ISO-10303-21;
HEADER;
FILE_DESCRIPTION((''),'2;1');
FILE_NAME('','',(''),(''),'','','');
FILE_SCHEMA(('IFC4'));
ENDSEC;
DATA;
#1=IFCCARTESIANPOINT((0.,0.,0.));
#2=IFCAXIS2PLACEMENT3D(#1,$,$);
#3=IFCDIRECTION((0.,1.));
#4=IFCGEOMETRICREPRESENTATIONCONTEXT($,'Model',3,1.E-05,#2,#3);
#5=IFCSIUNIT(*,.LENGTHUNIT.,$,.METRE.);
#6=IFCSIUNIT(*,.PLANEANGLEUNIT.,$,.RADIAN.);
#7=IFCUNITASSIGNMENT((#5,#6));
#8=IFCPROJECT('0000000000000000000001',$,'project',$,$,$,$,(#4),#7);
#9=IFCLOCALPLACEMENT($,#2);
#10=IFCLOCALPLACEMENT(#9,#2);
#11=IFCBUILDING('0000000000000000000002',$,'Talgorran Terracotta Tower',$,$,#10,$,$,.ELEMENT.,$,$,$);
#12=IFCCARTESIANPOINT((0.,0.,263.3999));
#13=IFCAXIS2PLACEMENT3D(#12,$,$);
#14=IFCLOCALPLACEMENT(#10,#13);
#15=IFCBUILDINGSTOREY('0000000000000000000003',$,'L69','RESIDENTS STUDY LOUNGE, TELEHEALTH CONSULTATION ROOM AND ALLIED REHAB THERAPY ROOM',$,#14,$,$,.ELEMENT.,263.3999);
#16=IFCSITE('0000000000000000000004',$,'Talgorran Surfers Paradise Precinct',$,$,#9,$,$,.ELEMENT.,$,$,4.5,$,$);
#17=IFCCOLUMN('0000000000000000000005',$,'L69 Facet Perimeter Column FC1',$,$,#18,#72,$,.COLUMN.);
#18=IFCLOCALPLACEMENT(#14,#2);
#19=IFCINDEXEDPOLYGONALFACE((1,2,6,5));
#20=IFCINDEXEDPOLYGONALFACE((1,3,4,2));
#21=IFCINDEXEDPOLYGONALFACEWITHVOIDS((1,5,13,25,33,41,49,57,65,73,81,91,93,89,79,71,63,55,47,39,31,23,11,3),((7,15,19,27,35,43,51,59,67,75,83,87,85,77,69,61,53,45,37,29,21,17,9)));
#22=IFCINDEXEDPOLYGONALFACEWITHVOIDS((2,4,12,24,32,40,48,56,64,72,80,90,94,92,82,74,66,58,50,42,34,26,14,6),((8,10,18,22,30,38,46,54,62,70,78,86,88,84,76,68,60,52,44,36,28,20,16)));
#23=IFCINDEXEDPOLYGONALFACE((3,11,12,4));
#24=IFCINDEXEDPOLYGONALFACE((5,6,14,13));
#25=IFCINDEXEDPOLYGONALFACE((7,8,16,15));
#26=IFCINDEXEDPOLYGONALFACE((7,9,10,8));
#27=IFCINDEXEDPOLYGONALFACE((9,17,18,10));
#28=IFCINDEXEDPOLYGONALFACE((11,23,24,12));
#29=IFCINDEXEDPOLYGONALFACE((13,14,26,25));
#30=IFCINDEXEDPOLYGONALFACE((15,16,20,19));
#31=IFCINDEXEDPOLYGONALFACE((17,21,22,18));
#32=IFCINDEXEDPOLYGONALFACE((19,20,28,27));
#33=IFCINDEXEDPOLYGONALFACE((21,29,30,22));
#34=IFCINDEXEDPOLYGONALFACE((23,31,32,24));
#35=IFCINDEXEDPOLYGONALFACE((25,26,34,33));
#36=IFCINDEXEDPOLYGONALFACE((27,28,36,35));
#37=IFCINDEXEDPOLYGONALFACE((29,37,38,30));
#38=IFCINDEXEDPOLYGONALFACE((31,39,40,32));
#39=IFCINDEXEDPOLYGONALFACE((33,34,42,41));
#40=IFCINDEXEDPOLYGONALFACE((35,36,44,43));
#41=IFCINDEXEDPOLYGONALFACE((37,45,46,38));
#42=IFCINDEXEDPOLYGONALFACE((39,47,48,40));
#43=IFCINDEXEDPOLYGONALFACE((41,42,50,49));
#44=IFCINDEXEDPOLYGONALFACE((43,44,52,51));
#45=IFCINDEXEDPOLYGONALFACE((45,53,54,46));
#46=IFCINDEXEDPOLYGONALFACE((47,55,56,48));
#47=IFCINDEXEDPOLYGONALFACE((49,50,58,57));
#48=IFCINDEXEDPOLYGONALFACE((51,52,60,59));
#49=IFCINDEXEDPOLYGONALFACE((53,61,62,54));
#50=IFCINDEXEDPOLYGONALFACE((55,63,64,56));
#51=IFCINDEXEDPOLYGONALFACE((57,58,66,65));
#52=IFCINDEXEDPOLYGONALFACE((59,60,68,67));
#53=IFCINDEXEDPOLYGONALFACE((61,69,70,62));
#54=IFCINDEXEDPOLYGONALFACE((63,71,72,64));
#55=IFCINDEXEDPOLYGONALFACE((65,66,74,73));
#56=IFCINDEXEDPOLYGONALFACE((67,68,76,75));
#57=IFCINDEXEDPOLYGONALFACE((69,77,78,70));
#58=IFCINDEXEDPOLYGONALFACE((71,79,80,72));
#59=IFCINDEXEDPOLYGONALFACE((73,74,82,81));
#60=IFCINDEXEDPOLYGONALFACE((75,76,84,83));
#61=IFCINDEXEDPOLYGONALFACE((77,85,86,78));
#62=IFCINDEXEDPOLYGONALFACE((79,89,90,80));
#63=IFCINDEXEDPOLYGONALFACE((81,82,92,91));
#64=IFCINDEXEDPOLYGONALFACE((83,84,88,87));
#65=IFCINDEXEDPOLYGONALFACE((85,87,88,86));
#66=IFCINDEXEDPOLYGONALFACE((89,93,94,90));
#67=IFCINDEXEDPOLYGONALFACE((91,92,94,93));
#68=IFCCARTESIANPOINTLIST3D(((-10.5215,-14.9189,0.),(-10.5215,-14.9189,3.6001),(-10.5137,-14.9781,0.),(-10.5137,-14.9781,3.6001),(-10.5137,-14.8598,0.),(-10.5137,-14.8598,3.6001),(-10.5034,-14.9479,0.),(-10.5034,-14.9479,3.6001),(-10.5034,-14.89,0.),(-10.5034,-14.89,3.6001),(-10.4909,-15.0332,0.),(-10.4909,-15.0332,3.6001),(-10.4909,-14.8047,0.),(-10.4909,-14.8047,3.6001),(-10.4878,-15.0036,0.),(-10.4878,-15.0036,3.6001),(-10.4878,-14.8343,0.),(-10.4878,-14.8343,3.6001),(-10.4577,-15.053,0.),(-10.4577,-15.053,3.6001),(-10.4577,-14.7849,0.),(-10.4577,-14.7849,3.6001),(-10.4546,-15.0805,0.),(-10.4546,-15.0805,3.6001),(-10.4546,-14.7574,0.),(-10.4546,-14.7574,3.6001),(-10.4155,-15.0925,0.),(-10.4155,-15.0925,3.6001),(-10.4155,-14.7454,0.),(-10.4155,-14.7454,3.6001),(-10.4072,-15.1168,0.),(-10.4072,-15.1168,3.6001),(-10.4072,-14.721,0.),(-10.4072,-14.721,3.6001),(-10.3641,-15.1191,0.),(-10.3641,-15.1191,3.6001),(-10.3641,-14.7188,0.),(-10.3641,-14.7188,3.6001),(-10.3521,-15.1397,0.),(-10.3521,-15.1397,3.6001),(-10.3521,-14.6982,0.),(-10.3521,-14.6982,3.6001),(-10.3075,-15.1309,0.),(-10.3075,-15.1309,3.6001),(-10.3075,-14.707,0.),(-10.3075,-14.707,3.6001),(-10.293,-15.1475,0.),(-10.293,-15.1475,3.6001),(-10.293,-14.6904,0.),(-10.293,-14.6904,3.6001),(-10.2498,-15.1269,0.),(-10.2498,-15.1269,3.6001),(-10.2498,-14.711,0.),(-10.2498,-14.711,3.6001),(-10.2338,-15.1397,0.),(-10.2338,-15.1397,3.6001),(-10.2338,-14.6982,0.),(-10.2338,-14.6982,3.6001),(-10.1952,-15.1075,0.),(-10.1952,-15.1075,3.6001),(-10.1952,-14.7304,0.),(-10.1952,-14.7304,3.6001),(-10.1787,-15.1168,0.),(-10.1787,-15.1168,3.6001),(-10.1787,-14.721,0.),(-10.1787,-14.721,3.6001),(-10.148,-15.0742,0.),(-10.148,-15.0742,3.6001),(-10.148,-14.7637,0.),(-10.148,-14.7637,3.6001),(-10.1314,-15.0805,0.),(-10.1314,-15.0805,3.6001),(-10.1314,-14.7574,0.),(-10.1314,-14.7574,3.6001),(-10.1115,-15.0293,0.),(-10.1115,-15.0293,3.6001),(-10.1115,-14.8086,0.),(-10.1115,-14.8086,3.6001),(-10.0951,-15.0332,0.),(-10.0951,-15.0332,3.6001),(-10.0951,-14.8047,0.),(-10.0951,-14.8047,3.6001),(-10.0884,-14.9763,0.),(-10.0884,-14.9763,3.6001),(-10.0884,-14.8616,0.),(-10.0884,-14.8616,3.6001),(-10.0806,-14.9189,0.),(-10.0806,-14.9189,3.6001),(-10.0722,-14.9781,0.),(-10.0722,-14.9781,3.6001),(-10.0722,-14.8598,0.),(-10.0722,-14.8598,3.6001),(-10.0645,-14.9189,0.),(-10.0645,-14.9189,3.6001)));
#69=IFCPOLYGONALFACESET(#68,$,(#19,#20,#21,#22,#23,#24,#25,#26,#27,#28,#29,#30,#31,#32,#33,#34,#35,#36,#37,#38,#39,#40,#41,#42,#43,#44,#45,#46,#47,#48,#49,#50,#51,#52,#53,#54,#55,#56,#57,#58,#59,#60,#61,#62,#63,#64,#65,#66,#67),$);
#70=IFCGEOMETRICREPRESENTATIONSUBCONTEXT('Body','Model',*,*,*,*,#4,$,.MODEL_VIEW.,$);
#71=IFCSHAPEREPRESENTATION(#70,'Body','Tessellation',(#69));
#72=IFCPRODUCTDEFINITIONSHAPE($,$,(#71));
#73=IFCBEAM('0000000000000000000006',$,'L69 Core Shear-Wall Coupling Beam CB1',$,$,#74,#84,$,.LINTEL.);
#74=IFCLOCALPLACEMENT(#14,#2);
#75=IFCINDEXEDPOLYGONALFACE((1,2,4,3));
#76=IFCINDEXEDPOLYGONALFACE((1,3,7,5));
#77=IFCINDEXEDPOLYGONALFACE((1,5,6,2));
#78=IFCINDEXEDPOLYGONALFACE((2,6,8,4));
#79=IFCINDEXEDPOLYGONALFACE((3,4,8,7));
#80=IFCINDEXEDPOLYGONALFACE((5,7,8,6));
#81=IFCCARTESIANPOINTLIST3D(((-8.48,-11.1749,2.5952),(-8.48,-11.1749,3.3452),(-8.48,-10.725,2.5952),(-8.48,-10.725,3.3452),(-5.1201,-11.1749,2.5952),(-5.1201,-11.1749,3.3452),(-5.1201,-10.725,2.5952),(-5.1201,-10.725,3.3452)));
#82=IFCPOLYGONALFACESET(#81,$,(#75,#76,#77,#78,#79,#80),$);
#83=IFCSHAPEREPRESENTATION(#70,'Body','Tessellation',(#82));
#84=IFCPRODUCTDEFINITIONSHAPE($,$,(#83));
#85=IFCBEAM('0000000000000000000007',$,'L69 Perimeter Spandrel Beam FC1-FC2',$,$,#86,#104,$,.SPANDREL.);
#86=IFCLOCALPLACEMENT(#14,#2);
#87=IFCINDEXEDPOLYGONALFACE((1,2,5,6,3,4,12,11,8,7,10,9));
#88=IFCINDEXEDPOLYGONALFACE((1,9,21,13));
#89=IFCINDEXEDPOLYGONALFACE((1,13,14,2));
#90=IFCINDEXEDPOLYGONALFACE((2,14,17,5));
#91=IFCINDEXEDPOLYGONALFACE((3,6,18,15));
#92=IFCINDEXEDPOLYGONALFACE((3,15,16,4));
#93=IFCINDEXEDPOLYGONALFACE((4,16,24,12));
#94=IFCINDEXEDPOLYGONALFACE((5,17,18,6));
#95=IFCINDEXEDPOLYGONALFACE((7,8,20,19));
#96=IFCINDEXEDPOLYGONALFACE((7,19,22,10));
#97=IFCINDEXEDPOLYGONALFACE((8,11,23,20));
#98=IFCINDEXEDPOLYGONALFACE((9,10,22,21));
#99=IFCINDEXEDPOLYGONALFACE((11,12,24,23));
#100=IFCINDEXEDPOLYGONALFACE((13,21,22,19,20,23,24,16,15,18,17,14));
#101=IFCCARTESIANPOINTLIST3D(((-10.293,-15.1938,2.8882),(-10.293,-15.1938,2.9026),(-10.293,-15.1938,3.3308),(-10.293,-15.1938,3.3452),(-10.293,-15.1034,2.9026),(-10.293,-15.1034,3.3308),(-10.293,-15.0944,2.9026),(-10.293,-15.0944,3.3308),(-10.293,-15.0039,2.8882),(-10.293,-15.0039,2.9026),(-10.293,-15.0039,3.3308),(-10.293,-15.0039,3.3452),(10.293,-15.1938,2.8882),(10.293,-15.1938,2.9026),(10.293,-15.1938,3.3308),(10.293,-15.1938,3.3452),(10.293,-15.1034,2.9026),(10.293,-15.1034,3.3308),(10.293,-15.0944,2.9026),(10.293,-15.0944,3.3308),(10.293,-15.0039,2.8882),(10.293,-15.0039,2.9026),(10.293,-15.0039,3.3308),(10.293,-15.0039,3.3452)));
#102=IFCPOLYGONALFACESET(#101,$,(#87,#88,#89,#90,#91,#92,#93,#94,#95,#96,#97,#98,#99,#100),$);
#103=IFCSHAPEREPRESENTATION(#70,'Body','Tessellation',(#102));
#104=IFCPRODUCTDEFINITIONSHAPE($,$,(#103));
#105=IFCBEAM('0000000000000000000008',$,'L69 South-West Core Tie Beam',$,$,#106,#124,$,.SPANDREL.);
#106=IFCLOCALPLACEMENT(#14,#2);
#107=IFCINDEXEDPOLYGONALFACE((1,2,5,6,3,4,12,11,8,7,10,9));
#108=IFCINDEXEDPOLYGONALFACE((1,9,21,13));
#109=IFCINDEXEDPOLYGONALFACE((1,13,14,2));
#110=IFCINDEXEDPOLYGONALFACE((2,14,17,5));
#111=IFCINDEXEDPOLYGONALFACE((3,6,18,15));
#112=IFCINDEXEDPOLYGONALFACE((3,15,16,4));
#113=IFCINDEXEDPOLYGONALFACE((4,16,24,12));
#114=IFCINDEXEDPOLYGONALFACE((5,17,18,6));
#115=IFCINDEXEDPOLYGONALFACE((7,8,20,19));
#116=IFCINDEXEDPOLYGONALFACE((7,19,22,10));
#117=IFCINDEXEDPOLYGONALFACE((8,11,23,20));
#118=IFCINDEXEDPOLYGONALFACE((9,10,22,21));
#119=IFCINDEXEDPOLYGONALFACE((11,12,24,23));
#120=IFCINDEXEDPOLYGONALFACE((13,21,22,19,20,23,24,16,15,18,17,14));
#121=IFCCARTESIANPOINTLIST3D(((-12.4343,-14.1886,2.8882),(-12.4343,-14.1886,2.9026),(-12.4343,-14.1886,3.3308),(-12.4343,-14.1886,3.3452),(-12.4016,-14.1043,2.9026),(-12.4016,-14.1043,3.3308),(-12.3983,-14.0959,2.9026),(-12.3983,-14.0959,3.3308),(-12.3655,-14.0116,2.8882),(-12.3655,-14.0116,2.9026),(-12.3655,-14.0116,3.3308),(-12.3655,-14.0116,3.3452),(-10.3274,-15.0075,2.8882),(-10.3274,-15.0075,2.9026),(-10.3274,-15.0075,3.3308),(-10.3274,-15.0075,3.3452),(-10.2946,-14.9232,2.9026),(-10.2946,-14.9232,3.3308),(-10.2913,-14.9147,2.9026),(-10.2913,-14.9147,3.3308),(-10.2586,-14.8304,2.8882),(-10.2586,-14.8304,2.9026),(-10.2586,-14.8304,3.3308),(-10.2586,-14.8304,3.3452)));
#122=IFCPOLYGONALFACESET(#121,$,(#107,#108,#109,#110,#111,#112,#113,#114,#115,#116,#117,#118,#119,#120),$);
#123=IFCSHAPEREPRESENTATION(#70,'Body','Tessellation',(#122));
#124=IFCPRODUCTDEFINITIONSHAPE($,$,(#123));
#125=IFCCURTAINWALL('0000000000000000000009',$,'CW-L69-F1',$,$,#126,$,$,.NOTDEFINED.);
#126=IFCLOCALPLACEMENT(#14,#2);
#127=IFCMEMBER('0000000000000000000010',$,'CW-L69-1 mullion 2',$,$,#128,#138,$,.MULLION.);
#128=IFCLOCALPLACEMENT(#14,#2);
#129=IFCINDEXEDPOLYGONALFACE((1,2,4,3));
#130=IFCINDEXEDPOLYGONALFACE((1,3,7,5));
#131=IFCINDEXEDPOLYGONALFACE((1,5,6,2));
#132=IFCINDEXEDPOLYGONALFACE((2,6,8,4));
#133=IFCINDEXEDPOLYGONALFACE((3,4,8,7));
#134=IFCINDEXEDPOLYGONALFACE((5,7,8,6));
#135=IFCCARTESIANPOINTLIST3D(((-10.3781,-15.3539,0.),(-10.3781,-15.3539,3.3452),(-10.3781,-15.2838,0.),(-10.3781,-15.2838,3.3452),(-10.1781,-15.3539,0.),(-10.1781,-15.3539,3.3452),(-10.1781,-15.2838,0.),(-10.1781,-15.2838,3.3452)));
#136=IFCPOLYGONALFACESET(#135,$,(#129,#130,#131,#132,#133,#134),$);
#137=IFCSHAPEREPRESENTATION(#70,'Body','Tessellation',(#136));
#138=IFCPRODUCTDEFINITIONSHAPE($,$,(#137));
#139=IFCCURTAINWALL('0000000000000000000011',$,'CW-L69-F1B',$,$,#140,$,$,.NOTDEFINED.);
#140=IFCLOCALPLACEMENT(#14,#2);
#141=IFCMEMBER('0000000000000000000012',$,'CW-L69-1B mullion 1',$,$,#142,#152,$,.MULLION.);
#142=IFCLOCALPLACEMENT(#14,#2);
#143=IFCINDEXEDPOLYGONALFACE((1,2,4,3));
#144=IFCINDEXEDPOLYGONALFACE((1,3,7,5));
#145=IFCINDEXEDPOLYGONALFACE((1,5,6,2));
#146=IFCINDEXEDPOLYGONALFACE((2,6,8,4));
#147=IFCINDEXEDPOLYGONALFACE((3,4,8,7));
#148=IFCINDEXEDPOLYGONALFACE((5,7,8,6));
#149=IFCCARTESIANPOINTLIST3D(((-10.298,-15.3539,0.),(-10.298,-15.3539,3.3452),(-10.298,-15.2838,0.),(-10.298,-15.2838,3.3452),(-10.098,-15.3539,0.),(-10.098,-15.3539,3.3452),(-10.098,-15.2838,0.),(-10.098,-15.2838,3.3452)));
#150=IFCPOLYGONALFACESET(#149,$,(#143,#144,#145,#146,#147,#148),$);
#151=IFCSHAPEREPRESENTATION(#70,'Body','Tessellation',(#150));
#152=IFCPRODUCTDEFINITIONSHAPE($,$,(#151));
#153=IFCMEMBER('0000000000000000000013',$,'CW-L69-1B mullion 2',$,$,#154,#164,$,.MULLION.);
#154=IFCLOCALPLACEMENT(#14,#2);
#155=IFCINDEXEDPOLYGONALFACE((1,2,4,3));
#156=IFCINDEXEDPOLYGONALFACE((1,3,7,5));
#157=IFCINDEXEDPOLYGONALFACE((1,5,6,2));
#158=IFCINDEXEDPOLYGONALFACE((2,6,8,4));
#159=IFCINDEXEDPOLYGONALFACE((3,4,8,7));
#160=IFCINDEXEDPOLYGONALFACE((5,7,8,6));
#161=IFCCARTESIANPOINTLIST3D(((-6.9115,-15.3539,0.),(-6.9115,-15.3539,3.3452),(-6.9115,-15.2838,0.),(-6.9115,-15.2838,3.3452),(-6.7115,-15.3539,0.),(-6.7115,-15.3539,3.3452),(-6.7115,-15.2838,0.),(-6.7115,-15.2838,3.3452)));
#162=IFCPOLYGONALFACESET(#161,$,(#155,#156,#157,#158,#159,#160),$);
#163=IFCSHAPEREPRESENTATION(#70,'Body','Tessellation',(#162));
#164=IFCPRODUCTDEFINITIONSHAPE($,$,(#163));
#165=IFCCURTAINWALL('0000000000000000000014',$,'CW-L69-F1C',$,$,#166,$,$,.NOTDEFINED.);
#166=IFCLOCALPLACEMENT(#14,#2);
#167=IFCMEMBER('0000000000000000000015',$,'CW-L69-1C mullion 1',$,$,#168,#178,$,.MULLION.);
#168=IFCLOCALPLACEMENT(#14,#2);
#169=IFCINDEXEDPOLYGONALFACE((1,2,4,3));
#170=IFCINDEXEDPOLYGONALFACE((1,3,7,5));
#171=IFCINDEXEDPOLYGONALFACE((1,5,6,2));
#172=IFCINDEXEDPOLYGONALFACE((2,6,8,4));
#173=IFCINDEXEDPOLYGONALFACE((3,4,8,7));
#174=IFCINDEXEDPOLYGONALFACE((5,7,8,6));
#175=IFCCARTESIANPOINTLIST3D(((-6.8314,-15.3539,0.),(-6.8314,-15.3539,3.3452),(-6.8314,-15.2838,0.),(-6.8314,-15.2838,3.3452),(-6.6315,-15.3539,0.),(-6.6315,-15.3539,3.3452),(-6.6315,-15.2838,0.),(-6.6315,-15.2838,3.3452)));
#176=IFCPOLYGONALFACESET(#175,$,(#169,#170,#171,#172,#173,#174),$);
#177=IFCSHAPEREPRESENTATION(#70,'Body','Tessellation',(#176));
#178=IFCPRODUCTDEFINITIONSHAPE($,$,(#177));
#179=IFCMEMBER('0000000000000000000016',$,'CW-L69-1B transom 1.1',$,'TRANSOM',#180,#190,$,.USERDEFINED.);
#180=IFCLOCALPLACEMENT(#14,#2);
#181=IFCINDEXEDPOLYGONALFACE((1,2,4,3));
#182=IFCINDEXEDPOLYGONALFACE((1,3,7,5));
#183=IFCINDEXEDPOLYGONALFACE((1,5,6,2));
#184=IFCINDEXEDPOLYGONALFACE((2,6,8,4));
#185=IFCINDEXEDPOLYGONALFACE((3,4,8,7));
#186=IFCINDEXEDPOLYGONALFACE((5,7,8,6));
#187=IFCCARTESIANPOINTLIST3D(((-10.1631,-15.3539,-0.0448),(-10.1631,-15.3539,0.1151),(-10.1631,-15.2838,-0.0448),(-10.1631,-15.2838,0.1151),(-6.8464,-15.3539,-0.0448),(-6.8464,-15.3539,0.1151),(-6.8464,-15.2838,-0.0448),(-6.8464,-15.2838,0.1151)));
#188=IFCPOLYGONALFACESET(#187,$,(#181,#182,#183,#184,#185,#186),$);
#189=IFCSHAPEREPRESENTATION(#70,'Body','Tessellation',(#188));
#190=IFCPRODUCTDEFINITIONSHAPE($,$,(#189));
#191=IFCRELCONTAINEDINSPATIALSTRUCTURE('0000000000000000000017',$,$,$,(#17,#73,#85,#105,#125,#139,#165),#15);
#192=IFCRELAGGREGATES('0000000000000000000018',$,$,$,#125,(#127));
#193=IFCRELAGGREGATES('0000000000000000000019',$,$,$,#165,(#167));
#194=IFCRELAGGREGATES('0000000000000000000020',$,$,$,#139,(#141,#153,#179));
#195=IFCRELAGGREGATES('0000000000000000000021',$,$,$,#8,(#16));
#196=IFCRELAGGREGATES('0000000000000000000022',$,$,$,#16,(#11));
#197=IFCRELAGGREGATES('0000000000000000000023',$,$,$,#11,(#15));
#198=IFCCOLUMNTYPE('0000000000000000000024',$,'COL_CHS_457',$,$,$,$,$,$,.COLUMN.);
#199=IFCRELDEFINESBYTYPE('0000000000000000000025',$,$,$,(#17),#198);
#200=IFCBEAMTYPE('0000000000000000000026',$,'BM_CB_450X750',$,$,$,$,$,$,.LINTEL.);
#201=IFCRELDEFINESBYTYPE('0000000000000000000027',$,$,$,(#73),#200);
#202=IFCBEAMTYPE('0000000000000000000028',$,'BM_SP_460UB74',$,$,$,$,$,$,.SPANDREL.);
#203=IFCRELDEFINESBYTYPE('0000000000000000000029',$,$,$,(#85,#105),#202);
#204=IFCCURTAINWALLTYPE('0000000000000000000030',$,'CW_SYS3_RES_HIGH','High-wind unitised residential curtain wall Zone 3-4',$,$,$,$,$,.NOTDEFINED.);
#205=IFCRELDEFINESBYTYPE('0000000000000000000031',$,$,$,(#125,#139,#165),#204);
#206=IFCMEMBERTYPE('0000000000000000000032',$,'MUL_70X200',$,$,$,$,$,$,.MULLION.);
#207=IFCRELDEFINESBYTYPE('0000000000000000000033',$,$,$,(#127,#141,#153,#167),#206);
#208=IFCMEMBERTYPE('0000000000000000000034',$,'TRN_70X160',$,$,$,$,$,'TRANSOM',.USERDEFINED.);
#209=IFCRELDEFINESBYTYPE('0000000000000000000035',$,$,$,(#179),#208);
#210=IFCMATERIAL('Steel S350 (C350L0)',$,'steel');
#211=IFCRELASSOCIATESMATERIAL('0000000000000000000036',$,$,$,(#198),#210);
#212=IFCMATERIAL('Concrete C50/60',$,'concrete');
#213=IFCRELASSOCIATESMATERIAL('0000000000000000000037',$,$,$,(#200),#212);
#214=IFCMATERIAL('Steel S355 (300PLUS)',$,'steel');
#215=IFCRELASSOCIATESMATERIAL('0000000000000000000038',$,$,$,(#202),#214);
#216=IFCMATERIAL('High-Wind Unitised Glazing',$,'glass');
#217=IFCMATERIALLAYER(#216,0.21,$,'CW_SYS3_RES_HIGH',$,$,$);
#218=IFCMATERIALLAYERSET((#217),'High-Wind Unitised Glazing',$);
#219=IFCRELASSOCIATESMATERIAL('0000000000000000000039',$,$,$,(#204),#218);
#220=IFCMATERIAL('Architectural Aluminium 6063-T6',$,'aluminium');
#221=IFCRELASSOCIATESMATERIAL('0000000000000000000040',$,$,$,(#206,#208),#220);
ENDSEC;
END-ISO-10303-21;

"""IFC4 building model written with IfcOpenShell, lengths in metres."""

from ifc_helpers import new_model, si_unit, direction, frame, origin, origin_2d, place, context, subcontext, project, spatial, rectangle, hollow_circle, i_section, extrude, material, layer, layer_set, material_profile, profile_set, type_object, element, aggregate, save


model = new_model("IFC4")

# Units and contexts
model_context = context("Model", 3, precision=1e-05, world=origin(), true_north=direction((0.0, 1.0)))
body_context = subcontext(model_context, "Body", "Model", "MODEL_VIEW")
ifc_project = project(units=[si_unit("LENGTHUNIT", "METRE"), si_unit("PLANEANGLEUNIT", "RADIAN")], contexts=[model_context])

# Site, building, storey
site_placement = place(None, origin())
site = spatial("IfcSite", under=ifc_project, at=site_placement, Name="Talgorran Surfers Paradise Precinct", CompositionType="ELEMENT", RefElevation=4.5)
building_placement = place(site_placement, origin())
building = spatial("IfcBuilding", under=site, at=building_placement, Name="Talgorran Terracotta Tower", CompositionType="ELEMENT")
storey_placement = place(building_placement, frame((0.0, 0.0, 263.3999)))
storey = spatial("IfcBuildingStorey", under=building, at=storey_placement, Name="L69", Description="RESIDENTS STUDY LOUNGE, TELEHEALTH CONSULTATION ROOM AND ALLIED REHAB THERAPY ROOM", CompositionType="ELEMENT", Elevation=263.3999)

# Column
ifc_material_1 = material(Name="Steel S350 (C350L0)", Category="steel")
ifc_material_profile_1 = material_profile(ifc_material_1, hollow_circle(Radius=0.2285, WallThickness=0.0161, at=origin_2d()), Name="CHS457X16")
ifc_profile_set_1 = profile_set([ifc_material_profile_1], Name="Steel S350 (C350L0)")
column_type = type_object("IfcColumnType", Name="COL_CHS_457", PredefinedType="COLUMN", material=ifc_profile_set_1)
column_placement = place(storey_placement, frame((-10.293, -14.9189, 0.0), z_axis=(0.0, 0.0, 1.0), x_axis=(1.0, 0.0, 0.0)))
element("IfcColumn", 1, at=column_placement, inside=storey, type_object=column_type, Name="L69 Facet Perimeter Column FC1", PredefinedType="COLUMN", context=body_context, shape_type="SweptSolid", body=[
    extrude(hollow_circle(Radius=0.2285, WallThickness=0.0161, at=origin_2d()), origin(), (0.0, 0.0, 1.0), 3.6001),
])

# Beams
ifc_material_2 = material(Name="Concrete C50/60", Category="concrete")
ifc_material_profile_2 = material_profile(ifc_material_2, rectangle(XDim=0.45, YDim=0.75, at=origin_2d()), Name="RCCB450X750")
ifc_profile_set_2 = profile_set([ifc_material_profile_2], Name="Concrete C50/60")
beam_type_1 = type_object("IfcBeamType", Name="BM_CB_450X750", PredefinedType="LINTEL", material=ifc_profile_set_2)
beam_1_placement = place(storey_placement, frame((-8.48, -10.95, 2.9702), z_axis=(1.0, 0.0, 0.0), x_axis=(0.0, 1.0, 0.0)))
element("IfcBeam", 2, at=beam_1_placement, inside=storey, type_object=beam_type_1, Name="L69 Core Shear-Wall Coupling Beam CB1", PredefinedType="LINTEL", context=body_context, shape_type="SweptSolid", body=[
    extrude(rectangle(XDim=0.45, YDim=0.75, at=origin_2d()), origin(), (0.0, 0.0, 1.0), 3.3599),
])
ifc_material_3 = material(Name="Steel S355 (300PLUS)", Category="steel")
ifc_material_profile_3 = material_profile(ifc_material_3, i_section(OverallWidth=0.1899, OverallDepth=0.457, WebThickness=0.009, FlangeThickness=0.0144, at=origin_2d()), Name="460UB74.6")
ifc_profile_set_3 = profile_set([ifc_material_profile_3], Name="Steel S355 (300PLUS)")
beam_type_2 = type_object("IfcBeamType", Name="BM_SP_460UB74", PredefinedType="SPANDREL", material=ifc_profile_set_3)
beam_2_placement = place(storey_placement, frame((-10.293, -15.0989, 3.1167), z_axis=(1.0, 0.0, 0.0), x_axis=(0.0, 1.0, 0.0)))
element("IfcBeam", 3, at=beam_2_placement, inside=storey, type_object=beam_type_2, Name="L69 Perimeter Spandrel Beam FC1-FC2", PredefinedType="SPANDREL", context=body_context, shape_type="SweptSolid", body=[
    extrude(i_section(OverallWidth=0.1899, OverallDepth=0.457, WebThickness=0.009, FlangeThickness=0.0144, at=origin_2d()), origin(), (0.0, 0.0, 1.0), 20.5859),
])
beam_3_placement = place(storey_placement, frame((-10.293, -14.9189, 3.1167), z_axis=(-0.932082, 0.362248, 0.0), x_axis=(-0.362248, -0.932082, 0.0)))
element("IfcBeam", 4, at=beam_3_placement, inside=storey, type_object=beam_type_2, Name="L69 South-West Core Tie Beam", PredefinedType="SPANDREL", context=body_context, shape_type="SweptSolid", body=[
    extrude(i_section(OverallWidth=0.1899, OverallDepth=0.457, WebThickness=0.009, FlangeThickness=0.0144, at=origin_2d()), origin(), (0.0, 0.0, 1.0), 2.2605),
])

# Curtain wall, member
ifc_material_4 = material(Name="High-Wind Unitised Glazing", Category="glass")
ifc_layer_1 = layer(ifc_material_4, 0.21, Name="CW_SYS3_RES_HIGH")
ifc_layer_set_1 = layer_set([ifc_layer_1], Name="High-Wind Unitised Glazing")
curtain_wall_type = type_object("IfcCurtainWallType", Name="CW_SYS3_RES_HIGH", Description="High-wind unitised residential curtain wall Zone 3-4", PredefinedType="NOTDEFINED", material=ifc_layer_set_1)
curtain_wall_1_placement = place(storey_placement, origin())
curtain_wall_1 = element("IfcCurtainWall", 5, at=curtain_wall_1_placement, inside=storey, type_object=curtain_wall_type, Name="CW-L69-F1", PredefinedType="NOTDEFINED")
ifc_material_5 = material(Name="Architectural Aluminium 6063-T6", Category="aluminium")
ifc_material_profile_4 = material_profile(ifc_material_5, rectangle(XDim=0.0701, YDim=0.2, at=origin_2d()), Name="CWM70X200")
ifc_profile_set_4 = profile_set([ifc_material_profile_4], Name="Architectural Aluminium 6063-T6")
member_type_1 = type_object("IfcMemberType", Name="MUL_70X200", PredefinedType="MULLION", material=ifc_profile_set_4)
member_1_placement = place(storey_placement, frame((-10.2781, -15.3188, 0.0), z_axis=(0.0, 0.0, 1.0), x_axis=(0.0, 1.0, 0.0)))
member_1 = element("IfcMember", 6, at=member_1_placement, type_object=member_type_1, Name="CW-L69-1 mullion 2", PredefinedType="MULLION", context=body_context, shape_type="SweptSolid", body=[
    extrude(rectangle(XDim=0.0701, YDim=0.2, at=origin_2d()), origin(), (0.0, 0.0, 1.0), 3.3452),
])
aggregate(curtain_wall_1, [member_1])

# Curtain wall, members
curtain_wall_2_placement = place(storey_placement, origin())
curtain_wall_2 = element("IfcCurtainWall", 7, at=curtain_wall_2_placement, inside=storey, type_object=curtain_wall_type, Name="CW-L69-F1B", PredefinedType="NOTDEFINED")
member_2_placement = place(storey_placement, frame((-10.198, -15.3188, 0.0), z_axis=(0.0, 0.0, 1.0), x_axis=(0.0, 1.0, 0.0)))
member_2 = element("IfcMember", 8, at=member_2_placement, type_object=member_type_1, Name="CW-L69-1B mullion 1", PredefinedType="MULLION", context=body_context, shape_type="SweptSolid", body=[
    extrude(rectangle(XDim=0.0701, YDim=0.2, at=origin_2d()), origin(), (0.0, 0.0, 1.0), 3.3452),
])
member_3_placement = place(storey_placement, frame((-6.8115, -15.3188, 0.0), z_axis=(0.0, 0.0, 1.0), x_axis=(0.0, 1.0, 0.0)))
member_3 = element("IfcMember", 9, at=member_3_placement, type_object=member_type_1, Name="CW-L69-1B mullion 2", PredefinedType="MULLION", context=body_context, shape_type="SweptSolid", body=[
    extrude(rectangle(XDim=0.0701, YDim=0.2, at=origin_2d()), origin(), (0.0, 0.0, 1.0), 3.3452),
])

# Curtain wall, member
curtain_wall_3_placement = place(storey_placement, origin())
curtain_wall_3 = element("IfcCurtainWall", 10, at=curtain_wall_3_placement, inside=storey, type_object=curtain_wall_type, Name="CW-L69-F1C", PredefinedType="NOTDEFINED")
member_4_placement = place(storey_placement, frame((-6.7314, -15.3188, 0.0), z_axis=(0.0, 0.0, 1.0), x_axis=(0.0, 1.0, 0.0)))
member_4 = element("IfcMember", 11, at=member_4_placement, type_object=member_type_1, Name="CW-L69-1C mullion 1", PredefinedType="MULLION", context=body_context, shape_type="SweptSolid", body=[
    extrude(rectangle(XDim=0.0701, YDim=0.2, at=origin_2d()), origin(), (0.0, 0.0, 1.0), 3.3452),
])
aggregate(curtain_wall_3, [member_4])

# Member
ifc_material_profile_5 = material_profile(ifc_material_5, rectangle(XDim=0.0701, YDim=0.1599, at=origin_2d()), Name="CWT70X160")
ifc_profile_set_5 = profile_set([ifc_material_profile_5], Name="Architectural Aluminium 6063-T6")
member_type_2 = type_object("IfcMemberType", Name="TRN_70X160", ElementType="TRANSOM", PredefinedType="USERDEFINED", material=ifc_profile_set_5)
member_5_placement = place(storey_placement, frame((-10.1631, -15.3188, 0.0352), z_axis=(1.0, 0.0, 0.0), x_axis=(0.0, 1.0, 0.0)))
member_5 = element("IfcMember", 12, at=member_5_placement, type_object=member_type_2, Name="CW-L69-1B transom 1.1", ObjectType="TRANSOM", PredefinedType="USERDEFINED", context=body_context, shape_type="SweptSolid", body=[
    extrude(rectangle(XDim=0.0701, YDim=0.1599, at=origin_2d()), origin(), (0.0, 0.0, 1.0), 3.3167),
])

aggregate(curtain_wall_2, [member_2, member_3, member_5])

save(model, "model.ifc")
